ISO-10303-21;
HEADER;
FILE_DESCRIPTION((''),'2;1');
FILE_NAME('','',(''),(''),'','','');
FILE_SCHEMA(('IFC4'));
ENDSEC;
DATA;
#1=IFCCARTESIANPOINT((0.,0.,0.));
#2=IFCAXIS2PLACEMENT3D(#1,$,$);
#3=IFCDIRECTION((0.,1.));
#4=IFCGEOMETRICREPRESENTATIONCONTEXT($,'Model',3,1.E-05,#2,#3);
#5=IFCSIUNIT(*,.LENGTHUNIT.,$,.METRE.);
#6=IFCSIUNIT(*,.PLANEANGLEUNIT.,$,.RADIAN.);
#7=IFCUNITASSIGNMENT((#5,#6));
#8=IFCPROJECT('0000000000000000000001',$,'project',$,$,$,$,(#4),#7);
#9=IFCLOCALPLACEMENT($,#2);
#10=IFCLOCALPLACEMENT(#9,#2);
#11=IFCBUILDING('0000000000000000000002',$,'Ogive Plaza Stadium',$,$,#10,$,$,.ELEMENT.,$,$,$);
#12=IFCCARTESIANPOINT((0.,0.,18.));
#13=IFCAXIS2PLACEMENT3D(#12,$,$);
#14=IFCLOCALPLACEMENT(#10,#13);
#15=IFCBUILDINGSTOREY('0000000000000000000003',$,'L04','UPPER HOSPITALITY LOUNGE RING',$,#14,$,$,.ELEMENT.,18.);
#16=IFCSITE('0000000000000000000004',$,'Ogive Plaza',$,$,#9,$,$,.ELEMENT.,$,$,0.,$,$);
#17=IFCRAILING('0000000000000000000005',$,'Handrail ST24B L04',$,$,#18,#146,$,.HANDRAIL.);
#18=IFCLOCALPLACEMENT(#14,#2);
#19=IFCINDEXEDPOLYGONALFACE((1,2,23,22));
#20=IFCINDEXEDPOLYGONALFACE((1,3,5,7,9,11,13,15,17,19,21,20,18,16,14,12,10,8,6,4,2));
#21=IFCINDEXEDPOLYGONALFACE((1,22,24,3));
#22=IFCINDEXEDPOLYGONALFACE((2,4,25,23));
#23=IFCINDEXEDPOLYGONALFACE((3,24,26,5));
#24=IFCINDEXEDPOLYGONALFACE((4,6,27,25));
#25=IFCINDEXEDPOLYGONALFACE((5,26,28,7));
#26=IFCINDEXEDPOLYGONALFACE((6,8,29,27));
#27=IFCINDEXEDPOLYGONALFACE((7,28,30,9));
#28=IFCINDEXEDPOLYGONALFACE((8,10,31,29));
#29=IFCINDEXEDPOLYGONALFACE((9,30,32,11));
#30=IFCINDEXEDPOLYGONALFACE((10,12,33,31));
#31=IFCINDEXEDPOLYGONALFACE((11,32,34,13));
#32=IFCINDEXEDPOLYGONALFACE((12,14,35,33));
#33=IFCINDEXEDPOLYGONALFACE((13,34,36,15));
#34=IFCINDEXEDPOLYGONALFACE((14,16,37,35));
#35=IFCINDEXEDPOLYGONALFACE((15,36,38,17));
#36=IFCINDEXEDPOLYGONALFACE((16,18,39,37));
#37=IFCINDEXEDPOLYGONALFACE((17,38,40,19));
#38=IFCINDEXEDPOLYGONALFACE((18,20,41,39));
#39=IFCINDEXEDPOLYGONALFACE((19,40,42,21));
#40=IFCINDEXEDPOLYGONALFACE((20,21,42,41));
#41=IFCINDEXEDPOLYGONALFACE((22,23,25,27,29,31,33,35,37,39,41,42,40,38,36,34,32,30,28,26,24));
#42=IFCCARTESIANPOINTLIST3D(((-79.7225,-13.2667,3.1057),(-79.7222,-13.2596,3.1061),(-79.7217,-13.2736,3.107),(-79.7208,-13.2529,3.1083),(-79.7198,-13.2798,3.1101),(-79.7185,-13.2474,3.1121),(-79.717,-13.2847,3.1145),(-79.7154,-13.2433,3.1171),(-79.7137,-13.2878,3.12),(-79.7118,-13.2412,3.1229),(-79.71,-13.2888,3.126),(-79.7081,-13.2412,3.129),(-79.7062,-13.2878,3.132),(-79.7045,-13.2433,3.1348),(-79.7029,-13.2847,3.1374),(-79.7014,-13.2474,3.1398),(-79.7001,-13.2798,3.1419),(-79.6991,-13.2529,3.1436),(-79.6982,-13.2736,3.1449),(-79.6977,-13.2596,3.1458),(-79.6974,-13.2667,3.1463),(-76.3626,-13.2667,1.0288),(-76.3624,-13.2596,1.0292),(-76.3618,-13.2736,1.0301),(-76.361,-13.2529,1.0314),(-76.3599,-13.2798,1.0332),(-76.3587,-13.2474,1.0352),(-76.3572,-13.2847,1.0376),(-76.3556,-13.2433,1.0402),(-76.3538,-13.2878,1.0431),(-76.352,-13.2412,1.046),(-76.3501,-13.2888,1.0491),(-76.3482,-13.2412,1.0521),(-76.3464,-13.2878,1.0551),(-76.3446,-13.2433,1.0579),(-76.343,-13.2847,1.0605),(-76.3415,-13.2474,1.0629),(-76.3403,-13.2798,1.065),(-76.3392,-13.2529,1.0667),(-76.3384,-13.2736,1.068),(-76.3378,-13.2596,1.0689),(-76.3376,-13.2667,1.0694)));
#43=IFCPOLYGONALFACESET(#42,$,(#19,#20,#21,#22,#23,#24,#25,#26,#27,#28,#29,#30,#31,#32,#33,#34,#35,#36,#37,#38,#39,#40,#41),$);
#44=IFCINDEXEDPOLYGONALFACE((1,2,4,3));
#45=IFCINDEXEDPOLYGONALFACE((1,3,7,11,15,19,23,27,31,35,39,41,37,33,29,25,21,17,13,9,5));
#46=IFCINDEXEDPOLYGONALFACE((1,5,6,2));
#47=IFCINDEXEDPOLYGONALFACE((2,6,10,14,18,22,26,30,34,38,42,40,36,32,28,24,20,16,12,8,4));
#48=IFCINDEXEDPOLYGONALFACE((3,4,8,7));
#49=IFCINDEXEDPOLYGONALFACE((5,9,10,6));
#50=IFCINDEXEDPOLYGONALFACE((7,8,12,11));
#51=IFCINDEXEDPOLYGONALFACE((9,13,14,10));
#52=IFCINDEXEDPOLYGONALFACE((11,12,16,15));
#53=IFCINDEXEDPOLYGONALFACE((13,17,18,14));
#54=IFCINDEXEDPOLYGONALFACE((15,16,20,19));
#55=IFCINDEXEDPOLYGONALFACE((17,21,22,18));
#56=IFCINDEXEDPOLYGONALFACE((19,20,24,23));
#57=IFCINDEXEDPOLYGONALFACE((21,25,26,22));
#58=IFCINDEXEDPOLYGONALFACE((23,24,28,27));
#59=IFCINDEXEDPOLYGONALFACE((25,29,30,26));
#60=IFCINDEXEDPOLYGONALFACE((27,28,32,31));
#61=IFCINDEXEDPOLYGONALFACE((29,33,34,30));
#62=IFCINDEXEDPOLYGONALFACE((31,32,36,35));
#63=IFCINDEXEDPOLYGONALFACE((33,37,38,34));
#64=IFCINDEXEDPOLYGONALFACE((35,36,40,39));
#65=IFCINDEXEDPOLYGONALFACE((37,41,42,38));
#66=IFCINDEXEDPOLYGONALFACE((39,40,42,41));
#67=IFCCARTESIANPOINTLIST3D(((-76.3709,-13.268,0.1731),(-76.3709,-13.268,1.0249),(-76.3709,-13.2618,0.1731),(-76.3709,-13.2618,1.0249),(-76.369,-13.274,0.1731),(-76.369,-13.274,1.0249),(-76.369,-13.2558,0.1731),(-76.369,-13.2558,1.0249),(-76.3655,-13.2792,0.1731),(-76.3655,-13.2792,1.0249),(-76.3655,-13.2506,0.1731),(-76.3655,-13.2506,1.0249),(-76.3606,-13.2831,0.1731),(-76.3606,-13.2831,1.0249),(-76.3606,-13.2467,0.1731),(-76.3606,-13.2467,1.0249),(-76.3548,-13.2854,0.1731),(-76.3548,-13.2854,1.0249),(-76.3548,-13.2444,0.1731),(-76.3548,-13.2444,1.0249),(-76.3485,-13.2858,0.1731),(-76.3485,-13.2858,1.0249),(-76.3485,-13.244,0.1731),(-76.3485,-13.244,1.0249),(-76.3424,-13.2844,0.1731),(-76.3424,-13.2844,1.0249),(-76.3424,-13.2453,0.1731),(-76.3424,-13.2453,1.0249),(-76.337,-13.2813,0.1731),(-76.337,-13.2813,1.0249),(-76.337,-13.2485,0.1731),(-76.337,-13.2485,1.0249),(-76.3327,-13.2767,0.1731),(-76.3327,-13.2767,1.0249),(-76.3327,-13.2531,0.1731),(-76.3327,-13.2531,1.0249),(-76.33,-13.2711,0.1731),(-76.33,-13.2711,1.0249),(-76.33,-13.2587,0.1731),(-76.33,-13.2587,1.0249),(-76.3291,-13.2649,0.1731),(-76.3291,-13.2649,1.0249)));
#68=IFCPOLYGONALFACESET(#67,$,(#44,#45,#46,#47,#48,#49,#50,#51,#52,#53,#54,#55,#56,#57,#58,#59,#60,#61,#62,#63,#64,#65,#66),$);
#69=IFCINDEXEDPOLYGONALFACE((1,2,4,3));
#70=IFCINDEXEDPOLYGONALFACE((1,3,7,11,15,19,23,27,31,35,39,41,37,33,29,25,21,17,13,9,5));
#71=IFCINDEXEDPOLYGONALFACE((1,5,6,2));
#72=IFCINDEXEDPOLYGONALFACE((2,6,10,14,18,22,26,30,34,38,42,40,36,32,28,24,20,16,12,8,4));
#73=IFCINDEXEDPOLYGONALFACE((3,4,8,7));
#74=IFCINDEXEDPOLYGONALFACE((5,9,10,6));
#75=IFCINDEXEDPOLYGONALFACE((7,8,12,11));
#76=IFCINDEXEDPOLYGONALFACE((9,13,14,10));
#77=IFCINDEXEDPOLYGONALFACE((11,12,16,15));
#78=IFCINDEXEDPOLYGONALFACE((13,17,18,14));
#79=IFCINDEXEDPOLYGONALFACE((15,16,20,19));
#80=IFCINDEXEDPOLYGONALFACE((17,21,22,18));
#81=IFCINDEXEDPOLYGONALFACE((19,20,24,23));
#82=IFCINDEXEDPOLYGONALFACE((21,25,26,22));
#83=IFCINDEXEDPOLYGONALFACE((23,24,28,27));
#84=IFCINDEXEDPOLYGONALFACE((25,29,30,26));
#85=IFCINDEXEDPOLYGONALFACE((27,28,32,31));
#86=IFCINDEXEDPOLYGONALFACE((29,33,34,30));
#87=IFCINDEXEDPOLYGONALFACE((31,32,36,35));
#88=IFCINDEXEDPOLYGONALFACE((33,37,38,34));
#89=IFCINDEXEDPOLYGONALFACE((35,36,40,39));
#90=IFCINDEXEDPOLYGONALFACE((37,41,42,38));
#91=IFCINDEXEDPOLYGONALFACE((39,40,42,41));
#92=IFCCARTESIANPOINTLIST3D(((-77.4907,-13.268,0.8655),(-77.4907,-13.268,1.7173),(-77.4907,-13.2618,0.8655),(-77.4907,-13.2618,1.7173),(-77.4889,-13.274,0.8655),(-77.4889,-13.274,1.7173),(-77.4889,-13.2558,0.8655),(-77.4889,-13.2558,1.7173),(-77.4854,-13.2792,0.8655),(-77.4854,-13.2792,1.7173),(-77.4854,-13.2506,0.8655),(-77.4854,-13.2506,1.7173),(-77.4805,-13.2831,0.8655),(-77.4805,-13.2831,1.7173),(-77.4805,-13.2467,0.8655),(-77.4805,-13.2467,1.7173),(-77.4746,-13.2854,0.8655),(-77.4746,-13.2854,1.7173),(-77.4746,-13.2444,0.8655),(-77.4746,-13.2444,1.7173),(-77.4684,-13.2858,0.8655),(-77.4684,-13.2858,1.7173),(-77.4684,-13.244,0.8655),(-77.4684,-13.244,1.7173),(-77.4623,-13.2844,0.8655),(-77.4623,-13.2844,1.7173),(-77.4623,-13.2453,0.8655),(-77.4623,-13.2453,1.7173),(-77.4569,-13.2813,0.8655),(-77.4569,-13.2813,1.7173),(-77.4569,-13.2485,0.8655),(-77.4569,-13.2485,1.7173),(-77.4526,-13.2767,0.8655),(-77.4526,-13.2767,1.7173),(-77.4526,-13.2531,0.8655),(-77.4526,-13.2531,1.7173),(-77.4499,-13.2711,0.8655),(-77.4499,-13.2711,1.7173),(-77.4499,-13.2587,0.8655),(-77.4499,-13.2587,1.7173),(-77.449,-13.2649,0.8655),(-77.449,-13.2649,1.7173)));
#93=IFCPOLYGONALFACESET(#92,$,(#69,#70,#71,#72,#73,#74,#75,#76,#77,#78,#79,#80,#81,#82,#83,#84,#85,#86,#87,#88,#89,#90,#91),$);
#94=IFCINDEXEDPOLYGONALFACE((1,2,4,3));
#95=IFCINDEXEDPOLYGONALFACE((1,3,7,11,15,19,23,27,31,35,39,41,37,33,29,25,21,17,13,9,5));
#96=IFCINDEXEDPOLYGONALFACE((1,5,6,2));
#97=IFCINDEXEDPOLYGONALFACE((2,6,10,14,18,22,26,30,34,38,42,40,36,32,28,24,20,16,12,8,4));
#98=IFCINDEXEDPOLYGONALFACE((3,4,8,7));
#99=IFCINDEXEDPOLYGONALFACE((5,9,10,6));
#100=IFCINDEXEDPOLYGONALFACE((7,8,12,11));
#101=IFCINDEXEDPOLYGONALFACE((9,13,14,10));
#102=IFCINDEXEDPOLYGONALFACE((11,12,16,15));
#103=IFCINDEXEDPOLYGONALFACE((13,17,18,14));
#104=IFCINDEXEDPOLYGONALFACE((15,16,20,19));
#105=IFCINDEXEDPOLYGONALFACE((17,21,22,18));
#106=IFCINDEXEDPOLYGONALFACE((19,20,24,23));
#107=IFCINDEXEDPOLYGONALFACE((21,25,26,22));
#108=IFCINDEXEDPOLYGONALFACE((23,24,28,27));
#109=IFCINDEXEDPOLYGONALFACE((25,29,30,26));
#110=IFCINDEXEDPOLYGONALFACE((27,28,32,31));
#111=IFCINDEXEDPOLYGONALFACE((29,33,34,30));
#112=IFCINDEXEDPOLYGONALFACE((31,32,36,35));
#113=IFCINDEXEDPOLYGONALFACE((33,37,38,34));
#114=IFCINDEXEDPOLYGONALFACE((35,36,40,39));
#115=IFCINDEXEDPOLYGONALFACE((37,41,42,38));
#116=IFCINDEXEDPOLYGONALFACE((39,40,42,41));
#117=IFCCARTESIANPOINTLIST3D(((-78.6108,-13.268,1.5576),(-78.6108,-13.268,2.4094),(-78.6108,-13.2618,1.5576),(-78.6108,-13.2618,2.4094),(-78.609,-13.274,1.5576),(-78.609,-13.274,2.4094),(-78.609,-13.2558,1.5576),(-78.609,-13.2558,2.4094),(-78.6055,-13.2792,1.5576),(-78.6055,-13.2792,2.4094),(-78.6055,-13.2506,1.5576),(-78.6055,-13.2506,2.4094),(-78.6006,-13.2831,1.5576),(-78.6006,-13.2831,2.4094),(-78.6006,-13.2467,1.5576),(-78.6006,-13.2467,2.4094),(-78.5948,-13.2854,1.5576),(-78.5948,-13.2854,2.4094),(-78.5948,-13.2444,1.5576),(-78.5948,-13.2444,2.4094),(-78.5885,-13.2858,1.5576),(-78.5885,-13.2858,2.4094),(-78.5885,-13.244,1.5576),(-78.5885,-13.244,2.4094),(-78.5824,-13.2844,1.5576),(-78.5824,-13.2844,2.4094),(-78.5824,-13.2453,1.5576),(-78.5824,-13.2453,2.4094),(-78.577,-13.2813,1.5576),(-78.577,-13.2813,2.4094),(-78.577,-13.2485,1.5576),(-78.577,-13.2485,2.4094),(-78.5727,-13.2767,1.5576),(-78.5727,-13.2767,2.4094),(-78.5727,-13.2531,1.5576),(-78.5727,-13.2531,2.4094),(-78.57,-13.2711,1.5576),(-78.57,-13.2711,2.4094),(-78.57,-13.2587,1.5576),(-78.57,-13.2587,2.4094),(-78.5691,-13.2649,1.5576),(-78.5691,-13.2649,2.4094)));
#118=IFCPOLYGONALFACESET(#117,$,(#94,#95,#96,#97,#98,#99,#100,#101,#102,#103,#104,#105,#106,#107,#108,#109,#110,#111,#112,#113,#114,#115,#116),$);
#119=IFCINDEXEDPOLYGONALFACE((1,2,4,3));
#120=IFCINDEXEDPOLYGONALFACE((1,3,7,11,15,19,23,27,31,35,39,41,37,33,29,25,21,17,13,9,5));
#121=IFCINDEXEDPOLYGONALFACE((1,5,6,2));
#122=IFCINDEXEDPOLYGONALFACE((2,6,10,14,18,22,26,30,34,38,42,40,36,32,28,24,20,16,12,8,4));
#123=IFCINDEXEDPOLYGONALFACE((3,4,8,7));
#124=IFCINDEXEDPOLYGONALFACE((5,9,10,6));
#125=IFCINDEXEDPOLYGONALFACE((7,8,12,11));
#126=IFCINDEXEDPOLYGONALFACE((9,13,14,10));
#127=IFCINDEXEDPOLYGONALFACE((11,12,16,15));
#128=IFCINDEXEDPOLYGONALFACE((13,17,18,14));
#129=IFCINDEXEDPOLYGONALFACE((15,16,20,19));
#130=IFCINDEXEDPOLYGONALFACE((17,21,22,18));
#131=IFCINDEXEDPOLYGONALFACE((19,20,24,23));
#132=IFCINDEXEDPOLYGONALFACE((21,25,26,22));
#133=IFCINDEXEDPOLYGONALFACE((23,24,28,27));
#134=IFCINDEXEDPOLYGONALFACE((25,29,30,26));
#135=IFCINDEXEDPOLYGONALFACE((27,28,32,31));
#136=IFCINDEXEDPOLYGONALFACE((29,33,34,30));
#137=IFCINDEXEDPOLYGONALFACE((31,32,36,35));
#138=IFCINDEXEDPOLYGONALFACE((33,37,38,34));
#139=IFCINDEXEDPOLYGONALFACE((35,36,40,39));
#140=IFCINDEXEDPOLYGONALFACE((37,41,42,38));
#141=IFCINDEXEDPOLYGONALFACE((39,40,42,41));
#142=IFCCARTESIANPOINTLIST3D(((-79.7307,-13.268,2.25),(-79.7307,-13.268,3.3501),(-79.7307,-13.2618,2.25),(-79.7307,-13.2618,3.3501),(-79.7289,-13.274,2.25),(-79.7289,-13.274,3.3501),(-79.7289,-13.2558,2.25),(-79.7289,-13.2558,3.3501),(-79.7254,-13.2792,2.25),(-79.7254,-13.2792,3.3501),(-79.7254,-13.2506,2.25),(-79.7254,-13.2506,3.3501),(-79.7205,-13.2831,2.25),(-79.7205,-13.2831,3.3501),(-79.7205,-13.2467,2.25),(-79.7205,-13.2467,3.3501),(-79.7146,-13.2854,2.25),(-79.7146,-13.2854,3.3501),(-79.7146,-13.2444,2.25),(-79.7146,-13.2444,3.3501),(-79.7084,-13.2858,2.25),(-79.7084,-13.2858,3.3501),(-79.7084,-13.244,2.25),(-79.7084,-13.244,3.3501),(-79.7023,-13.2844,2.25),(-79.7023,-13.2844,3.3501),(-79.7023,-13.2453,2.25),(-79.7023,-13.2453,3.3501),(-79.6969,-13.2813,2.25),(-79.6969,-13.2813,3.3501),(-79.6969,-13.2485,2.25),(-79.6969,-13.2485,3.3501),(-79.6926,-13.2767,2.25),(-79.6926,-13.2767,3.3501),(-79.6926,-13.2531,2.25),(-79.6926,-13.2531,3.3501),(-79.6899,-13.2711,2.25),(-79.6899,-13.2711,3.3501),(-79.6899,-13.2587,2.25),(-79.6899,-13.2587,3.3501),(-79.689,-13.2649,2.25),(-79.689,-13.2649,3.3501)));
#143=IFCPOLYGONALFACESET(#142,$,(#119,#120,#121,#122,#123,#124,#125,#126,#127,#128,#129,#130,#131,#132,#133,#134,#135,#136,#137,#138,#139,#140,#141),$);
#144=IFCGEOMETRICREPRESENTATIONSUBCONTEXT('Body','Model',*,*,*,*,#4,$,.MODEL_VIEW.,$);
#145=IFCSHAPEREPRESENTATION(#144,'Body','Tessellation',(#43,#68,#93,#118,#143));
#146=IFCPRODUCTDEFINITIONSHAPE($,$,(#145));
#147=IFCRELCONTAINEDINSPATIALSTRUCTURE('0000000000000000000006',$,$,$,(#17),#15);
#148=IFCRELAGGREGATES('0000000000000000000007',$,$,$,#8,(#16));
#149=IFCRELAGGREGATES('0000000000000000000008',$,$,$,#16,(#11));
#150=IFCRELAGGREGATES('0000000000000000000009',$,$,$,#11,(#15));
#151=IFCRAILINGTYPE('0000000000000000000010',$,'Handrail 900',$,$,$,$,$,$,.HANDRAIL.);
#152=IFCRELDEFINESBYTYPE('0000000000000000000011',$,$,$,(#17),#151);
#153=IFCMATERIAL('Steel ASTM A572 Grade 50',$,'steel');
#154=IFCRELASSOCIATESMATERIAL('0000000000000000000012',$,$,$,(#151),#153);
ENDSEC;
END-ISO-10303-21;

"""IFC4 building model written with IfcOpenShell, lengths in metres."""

from ifc_helpers import new_model, si_unit, direction, frame, origin, origin_2d, place, context, subcontext, project, spatial, circle, extrude, material, type_object, element, save


model = new_model("IFC4")

# Units and contexts
model_context = context("Model", 3, precision=1e-05, world=origin(), true_north=direction((0.0, 1.0)))
body_context = subcontext(model_context, "Body", "Model", "MODEL_VIEW")
ifc_project = project(units=[si_unit("LENGTHUNIT", "METRE"), si_unit("PLANEANGLEUNIT", "RADIAN")], contexts=[model_context])

# Site, building, storey
site_placement = place(None, origin())
site = spatial("IfcSite", under=ifc_project, at=site_placement, Name="Ogive Plaza", CompositionType="ELEMENT", RefElevation=0.0)
building_placement = place(site_placement, origin())
building = spatial("IfcBuilding", under=site, at=building_placement, Name="Ogive Plaza Stadium", CompositionType="ELEMENT")
storey_placement = place(building_placement, frame((0.0, 0.0, 18.0)))
storey = spatial("IfcBuildingStorey", under=building, at=storey_placement, Name="L04", Description="UPPER HOSPITALITY LOUNGE RING", CompositionType="ELEMENT", Elevation=18.0)

# Railing
ifc_material_1 = material(Name="Steel ASTM A572 Grade 50", Category="steel")
railing_type_1 = type_object("IfcRailingType", Name="Handrail 900", PredefinedType="HANDRAIL", material=ifc_material_1)
for number, where, name in (
    (1, (-76.3501, -13.2649, 0.1731), "Handrail ST24B L04"),
):
    element("IfcRailing", number, at=place(storey_placement, frame(where)), inside=storey, type_object=railing_type_1, Name=name, PredefinedType="HANDRAIL", context=body_context, shape_type="SweptSolid", body=[
        extrude(circle(Radius=0.0239, at=origin_2d()), frame((0.0, 0.0, 0.876), z_axis=(-0.850606, 0.0, 0.525803), x_axis=(0.0, -1.0, 0.0)), (0.0, 0.0, 1.0), 3.95),
        extrude(circle(Radius=0.021, at=origin_2d()), origin(), (0.0, 0.0, 1.0), 0.8518),
        extrude(circle(Radius=0.021, at=origin_2d()), frame((-1.1199, 0.0, 0.6924)), (0.0, 0.0, 1.0), 0.8518),
        extrude(circle(Radius=0.021, at=origin_2d()), frame((-2.24, 0.0, 1.3845)), (0.0, 0.0, 1.0), 0.8518),
        extrude(circle(Radius=0.021, at=origin_2d()), frame((-3.3599, 0.0, 2.0769)), (0.0, 0.0, 1.0), 1.1001),
    ])

save(model, "model.ifc")
